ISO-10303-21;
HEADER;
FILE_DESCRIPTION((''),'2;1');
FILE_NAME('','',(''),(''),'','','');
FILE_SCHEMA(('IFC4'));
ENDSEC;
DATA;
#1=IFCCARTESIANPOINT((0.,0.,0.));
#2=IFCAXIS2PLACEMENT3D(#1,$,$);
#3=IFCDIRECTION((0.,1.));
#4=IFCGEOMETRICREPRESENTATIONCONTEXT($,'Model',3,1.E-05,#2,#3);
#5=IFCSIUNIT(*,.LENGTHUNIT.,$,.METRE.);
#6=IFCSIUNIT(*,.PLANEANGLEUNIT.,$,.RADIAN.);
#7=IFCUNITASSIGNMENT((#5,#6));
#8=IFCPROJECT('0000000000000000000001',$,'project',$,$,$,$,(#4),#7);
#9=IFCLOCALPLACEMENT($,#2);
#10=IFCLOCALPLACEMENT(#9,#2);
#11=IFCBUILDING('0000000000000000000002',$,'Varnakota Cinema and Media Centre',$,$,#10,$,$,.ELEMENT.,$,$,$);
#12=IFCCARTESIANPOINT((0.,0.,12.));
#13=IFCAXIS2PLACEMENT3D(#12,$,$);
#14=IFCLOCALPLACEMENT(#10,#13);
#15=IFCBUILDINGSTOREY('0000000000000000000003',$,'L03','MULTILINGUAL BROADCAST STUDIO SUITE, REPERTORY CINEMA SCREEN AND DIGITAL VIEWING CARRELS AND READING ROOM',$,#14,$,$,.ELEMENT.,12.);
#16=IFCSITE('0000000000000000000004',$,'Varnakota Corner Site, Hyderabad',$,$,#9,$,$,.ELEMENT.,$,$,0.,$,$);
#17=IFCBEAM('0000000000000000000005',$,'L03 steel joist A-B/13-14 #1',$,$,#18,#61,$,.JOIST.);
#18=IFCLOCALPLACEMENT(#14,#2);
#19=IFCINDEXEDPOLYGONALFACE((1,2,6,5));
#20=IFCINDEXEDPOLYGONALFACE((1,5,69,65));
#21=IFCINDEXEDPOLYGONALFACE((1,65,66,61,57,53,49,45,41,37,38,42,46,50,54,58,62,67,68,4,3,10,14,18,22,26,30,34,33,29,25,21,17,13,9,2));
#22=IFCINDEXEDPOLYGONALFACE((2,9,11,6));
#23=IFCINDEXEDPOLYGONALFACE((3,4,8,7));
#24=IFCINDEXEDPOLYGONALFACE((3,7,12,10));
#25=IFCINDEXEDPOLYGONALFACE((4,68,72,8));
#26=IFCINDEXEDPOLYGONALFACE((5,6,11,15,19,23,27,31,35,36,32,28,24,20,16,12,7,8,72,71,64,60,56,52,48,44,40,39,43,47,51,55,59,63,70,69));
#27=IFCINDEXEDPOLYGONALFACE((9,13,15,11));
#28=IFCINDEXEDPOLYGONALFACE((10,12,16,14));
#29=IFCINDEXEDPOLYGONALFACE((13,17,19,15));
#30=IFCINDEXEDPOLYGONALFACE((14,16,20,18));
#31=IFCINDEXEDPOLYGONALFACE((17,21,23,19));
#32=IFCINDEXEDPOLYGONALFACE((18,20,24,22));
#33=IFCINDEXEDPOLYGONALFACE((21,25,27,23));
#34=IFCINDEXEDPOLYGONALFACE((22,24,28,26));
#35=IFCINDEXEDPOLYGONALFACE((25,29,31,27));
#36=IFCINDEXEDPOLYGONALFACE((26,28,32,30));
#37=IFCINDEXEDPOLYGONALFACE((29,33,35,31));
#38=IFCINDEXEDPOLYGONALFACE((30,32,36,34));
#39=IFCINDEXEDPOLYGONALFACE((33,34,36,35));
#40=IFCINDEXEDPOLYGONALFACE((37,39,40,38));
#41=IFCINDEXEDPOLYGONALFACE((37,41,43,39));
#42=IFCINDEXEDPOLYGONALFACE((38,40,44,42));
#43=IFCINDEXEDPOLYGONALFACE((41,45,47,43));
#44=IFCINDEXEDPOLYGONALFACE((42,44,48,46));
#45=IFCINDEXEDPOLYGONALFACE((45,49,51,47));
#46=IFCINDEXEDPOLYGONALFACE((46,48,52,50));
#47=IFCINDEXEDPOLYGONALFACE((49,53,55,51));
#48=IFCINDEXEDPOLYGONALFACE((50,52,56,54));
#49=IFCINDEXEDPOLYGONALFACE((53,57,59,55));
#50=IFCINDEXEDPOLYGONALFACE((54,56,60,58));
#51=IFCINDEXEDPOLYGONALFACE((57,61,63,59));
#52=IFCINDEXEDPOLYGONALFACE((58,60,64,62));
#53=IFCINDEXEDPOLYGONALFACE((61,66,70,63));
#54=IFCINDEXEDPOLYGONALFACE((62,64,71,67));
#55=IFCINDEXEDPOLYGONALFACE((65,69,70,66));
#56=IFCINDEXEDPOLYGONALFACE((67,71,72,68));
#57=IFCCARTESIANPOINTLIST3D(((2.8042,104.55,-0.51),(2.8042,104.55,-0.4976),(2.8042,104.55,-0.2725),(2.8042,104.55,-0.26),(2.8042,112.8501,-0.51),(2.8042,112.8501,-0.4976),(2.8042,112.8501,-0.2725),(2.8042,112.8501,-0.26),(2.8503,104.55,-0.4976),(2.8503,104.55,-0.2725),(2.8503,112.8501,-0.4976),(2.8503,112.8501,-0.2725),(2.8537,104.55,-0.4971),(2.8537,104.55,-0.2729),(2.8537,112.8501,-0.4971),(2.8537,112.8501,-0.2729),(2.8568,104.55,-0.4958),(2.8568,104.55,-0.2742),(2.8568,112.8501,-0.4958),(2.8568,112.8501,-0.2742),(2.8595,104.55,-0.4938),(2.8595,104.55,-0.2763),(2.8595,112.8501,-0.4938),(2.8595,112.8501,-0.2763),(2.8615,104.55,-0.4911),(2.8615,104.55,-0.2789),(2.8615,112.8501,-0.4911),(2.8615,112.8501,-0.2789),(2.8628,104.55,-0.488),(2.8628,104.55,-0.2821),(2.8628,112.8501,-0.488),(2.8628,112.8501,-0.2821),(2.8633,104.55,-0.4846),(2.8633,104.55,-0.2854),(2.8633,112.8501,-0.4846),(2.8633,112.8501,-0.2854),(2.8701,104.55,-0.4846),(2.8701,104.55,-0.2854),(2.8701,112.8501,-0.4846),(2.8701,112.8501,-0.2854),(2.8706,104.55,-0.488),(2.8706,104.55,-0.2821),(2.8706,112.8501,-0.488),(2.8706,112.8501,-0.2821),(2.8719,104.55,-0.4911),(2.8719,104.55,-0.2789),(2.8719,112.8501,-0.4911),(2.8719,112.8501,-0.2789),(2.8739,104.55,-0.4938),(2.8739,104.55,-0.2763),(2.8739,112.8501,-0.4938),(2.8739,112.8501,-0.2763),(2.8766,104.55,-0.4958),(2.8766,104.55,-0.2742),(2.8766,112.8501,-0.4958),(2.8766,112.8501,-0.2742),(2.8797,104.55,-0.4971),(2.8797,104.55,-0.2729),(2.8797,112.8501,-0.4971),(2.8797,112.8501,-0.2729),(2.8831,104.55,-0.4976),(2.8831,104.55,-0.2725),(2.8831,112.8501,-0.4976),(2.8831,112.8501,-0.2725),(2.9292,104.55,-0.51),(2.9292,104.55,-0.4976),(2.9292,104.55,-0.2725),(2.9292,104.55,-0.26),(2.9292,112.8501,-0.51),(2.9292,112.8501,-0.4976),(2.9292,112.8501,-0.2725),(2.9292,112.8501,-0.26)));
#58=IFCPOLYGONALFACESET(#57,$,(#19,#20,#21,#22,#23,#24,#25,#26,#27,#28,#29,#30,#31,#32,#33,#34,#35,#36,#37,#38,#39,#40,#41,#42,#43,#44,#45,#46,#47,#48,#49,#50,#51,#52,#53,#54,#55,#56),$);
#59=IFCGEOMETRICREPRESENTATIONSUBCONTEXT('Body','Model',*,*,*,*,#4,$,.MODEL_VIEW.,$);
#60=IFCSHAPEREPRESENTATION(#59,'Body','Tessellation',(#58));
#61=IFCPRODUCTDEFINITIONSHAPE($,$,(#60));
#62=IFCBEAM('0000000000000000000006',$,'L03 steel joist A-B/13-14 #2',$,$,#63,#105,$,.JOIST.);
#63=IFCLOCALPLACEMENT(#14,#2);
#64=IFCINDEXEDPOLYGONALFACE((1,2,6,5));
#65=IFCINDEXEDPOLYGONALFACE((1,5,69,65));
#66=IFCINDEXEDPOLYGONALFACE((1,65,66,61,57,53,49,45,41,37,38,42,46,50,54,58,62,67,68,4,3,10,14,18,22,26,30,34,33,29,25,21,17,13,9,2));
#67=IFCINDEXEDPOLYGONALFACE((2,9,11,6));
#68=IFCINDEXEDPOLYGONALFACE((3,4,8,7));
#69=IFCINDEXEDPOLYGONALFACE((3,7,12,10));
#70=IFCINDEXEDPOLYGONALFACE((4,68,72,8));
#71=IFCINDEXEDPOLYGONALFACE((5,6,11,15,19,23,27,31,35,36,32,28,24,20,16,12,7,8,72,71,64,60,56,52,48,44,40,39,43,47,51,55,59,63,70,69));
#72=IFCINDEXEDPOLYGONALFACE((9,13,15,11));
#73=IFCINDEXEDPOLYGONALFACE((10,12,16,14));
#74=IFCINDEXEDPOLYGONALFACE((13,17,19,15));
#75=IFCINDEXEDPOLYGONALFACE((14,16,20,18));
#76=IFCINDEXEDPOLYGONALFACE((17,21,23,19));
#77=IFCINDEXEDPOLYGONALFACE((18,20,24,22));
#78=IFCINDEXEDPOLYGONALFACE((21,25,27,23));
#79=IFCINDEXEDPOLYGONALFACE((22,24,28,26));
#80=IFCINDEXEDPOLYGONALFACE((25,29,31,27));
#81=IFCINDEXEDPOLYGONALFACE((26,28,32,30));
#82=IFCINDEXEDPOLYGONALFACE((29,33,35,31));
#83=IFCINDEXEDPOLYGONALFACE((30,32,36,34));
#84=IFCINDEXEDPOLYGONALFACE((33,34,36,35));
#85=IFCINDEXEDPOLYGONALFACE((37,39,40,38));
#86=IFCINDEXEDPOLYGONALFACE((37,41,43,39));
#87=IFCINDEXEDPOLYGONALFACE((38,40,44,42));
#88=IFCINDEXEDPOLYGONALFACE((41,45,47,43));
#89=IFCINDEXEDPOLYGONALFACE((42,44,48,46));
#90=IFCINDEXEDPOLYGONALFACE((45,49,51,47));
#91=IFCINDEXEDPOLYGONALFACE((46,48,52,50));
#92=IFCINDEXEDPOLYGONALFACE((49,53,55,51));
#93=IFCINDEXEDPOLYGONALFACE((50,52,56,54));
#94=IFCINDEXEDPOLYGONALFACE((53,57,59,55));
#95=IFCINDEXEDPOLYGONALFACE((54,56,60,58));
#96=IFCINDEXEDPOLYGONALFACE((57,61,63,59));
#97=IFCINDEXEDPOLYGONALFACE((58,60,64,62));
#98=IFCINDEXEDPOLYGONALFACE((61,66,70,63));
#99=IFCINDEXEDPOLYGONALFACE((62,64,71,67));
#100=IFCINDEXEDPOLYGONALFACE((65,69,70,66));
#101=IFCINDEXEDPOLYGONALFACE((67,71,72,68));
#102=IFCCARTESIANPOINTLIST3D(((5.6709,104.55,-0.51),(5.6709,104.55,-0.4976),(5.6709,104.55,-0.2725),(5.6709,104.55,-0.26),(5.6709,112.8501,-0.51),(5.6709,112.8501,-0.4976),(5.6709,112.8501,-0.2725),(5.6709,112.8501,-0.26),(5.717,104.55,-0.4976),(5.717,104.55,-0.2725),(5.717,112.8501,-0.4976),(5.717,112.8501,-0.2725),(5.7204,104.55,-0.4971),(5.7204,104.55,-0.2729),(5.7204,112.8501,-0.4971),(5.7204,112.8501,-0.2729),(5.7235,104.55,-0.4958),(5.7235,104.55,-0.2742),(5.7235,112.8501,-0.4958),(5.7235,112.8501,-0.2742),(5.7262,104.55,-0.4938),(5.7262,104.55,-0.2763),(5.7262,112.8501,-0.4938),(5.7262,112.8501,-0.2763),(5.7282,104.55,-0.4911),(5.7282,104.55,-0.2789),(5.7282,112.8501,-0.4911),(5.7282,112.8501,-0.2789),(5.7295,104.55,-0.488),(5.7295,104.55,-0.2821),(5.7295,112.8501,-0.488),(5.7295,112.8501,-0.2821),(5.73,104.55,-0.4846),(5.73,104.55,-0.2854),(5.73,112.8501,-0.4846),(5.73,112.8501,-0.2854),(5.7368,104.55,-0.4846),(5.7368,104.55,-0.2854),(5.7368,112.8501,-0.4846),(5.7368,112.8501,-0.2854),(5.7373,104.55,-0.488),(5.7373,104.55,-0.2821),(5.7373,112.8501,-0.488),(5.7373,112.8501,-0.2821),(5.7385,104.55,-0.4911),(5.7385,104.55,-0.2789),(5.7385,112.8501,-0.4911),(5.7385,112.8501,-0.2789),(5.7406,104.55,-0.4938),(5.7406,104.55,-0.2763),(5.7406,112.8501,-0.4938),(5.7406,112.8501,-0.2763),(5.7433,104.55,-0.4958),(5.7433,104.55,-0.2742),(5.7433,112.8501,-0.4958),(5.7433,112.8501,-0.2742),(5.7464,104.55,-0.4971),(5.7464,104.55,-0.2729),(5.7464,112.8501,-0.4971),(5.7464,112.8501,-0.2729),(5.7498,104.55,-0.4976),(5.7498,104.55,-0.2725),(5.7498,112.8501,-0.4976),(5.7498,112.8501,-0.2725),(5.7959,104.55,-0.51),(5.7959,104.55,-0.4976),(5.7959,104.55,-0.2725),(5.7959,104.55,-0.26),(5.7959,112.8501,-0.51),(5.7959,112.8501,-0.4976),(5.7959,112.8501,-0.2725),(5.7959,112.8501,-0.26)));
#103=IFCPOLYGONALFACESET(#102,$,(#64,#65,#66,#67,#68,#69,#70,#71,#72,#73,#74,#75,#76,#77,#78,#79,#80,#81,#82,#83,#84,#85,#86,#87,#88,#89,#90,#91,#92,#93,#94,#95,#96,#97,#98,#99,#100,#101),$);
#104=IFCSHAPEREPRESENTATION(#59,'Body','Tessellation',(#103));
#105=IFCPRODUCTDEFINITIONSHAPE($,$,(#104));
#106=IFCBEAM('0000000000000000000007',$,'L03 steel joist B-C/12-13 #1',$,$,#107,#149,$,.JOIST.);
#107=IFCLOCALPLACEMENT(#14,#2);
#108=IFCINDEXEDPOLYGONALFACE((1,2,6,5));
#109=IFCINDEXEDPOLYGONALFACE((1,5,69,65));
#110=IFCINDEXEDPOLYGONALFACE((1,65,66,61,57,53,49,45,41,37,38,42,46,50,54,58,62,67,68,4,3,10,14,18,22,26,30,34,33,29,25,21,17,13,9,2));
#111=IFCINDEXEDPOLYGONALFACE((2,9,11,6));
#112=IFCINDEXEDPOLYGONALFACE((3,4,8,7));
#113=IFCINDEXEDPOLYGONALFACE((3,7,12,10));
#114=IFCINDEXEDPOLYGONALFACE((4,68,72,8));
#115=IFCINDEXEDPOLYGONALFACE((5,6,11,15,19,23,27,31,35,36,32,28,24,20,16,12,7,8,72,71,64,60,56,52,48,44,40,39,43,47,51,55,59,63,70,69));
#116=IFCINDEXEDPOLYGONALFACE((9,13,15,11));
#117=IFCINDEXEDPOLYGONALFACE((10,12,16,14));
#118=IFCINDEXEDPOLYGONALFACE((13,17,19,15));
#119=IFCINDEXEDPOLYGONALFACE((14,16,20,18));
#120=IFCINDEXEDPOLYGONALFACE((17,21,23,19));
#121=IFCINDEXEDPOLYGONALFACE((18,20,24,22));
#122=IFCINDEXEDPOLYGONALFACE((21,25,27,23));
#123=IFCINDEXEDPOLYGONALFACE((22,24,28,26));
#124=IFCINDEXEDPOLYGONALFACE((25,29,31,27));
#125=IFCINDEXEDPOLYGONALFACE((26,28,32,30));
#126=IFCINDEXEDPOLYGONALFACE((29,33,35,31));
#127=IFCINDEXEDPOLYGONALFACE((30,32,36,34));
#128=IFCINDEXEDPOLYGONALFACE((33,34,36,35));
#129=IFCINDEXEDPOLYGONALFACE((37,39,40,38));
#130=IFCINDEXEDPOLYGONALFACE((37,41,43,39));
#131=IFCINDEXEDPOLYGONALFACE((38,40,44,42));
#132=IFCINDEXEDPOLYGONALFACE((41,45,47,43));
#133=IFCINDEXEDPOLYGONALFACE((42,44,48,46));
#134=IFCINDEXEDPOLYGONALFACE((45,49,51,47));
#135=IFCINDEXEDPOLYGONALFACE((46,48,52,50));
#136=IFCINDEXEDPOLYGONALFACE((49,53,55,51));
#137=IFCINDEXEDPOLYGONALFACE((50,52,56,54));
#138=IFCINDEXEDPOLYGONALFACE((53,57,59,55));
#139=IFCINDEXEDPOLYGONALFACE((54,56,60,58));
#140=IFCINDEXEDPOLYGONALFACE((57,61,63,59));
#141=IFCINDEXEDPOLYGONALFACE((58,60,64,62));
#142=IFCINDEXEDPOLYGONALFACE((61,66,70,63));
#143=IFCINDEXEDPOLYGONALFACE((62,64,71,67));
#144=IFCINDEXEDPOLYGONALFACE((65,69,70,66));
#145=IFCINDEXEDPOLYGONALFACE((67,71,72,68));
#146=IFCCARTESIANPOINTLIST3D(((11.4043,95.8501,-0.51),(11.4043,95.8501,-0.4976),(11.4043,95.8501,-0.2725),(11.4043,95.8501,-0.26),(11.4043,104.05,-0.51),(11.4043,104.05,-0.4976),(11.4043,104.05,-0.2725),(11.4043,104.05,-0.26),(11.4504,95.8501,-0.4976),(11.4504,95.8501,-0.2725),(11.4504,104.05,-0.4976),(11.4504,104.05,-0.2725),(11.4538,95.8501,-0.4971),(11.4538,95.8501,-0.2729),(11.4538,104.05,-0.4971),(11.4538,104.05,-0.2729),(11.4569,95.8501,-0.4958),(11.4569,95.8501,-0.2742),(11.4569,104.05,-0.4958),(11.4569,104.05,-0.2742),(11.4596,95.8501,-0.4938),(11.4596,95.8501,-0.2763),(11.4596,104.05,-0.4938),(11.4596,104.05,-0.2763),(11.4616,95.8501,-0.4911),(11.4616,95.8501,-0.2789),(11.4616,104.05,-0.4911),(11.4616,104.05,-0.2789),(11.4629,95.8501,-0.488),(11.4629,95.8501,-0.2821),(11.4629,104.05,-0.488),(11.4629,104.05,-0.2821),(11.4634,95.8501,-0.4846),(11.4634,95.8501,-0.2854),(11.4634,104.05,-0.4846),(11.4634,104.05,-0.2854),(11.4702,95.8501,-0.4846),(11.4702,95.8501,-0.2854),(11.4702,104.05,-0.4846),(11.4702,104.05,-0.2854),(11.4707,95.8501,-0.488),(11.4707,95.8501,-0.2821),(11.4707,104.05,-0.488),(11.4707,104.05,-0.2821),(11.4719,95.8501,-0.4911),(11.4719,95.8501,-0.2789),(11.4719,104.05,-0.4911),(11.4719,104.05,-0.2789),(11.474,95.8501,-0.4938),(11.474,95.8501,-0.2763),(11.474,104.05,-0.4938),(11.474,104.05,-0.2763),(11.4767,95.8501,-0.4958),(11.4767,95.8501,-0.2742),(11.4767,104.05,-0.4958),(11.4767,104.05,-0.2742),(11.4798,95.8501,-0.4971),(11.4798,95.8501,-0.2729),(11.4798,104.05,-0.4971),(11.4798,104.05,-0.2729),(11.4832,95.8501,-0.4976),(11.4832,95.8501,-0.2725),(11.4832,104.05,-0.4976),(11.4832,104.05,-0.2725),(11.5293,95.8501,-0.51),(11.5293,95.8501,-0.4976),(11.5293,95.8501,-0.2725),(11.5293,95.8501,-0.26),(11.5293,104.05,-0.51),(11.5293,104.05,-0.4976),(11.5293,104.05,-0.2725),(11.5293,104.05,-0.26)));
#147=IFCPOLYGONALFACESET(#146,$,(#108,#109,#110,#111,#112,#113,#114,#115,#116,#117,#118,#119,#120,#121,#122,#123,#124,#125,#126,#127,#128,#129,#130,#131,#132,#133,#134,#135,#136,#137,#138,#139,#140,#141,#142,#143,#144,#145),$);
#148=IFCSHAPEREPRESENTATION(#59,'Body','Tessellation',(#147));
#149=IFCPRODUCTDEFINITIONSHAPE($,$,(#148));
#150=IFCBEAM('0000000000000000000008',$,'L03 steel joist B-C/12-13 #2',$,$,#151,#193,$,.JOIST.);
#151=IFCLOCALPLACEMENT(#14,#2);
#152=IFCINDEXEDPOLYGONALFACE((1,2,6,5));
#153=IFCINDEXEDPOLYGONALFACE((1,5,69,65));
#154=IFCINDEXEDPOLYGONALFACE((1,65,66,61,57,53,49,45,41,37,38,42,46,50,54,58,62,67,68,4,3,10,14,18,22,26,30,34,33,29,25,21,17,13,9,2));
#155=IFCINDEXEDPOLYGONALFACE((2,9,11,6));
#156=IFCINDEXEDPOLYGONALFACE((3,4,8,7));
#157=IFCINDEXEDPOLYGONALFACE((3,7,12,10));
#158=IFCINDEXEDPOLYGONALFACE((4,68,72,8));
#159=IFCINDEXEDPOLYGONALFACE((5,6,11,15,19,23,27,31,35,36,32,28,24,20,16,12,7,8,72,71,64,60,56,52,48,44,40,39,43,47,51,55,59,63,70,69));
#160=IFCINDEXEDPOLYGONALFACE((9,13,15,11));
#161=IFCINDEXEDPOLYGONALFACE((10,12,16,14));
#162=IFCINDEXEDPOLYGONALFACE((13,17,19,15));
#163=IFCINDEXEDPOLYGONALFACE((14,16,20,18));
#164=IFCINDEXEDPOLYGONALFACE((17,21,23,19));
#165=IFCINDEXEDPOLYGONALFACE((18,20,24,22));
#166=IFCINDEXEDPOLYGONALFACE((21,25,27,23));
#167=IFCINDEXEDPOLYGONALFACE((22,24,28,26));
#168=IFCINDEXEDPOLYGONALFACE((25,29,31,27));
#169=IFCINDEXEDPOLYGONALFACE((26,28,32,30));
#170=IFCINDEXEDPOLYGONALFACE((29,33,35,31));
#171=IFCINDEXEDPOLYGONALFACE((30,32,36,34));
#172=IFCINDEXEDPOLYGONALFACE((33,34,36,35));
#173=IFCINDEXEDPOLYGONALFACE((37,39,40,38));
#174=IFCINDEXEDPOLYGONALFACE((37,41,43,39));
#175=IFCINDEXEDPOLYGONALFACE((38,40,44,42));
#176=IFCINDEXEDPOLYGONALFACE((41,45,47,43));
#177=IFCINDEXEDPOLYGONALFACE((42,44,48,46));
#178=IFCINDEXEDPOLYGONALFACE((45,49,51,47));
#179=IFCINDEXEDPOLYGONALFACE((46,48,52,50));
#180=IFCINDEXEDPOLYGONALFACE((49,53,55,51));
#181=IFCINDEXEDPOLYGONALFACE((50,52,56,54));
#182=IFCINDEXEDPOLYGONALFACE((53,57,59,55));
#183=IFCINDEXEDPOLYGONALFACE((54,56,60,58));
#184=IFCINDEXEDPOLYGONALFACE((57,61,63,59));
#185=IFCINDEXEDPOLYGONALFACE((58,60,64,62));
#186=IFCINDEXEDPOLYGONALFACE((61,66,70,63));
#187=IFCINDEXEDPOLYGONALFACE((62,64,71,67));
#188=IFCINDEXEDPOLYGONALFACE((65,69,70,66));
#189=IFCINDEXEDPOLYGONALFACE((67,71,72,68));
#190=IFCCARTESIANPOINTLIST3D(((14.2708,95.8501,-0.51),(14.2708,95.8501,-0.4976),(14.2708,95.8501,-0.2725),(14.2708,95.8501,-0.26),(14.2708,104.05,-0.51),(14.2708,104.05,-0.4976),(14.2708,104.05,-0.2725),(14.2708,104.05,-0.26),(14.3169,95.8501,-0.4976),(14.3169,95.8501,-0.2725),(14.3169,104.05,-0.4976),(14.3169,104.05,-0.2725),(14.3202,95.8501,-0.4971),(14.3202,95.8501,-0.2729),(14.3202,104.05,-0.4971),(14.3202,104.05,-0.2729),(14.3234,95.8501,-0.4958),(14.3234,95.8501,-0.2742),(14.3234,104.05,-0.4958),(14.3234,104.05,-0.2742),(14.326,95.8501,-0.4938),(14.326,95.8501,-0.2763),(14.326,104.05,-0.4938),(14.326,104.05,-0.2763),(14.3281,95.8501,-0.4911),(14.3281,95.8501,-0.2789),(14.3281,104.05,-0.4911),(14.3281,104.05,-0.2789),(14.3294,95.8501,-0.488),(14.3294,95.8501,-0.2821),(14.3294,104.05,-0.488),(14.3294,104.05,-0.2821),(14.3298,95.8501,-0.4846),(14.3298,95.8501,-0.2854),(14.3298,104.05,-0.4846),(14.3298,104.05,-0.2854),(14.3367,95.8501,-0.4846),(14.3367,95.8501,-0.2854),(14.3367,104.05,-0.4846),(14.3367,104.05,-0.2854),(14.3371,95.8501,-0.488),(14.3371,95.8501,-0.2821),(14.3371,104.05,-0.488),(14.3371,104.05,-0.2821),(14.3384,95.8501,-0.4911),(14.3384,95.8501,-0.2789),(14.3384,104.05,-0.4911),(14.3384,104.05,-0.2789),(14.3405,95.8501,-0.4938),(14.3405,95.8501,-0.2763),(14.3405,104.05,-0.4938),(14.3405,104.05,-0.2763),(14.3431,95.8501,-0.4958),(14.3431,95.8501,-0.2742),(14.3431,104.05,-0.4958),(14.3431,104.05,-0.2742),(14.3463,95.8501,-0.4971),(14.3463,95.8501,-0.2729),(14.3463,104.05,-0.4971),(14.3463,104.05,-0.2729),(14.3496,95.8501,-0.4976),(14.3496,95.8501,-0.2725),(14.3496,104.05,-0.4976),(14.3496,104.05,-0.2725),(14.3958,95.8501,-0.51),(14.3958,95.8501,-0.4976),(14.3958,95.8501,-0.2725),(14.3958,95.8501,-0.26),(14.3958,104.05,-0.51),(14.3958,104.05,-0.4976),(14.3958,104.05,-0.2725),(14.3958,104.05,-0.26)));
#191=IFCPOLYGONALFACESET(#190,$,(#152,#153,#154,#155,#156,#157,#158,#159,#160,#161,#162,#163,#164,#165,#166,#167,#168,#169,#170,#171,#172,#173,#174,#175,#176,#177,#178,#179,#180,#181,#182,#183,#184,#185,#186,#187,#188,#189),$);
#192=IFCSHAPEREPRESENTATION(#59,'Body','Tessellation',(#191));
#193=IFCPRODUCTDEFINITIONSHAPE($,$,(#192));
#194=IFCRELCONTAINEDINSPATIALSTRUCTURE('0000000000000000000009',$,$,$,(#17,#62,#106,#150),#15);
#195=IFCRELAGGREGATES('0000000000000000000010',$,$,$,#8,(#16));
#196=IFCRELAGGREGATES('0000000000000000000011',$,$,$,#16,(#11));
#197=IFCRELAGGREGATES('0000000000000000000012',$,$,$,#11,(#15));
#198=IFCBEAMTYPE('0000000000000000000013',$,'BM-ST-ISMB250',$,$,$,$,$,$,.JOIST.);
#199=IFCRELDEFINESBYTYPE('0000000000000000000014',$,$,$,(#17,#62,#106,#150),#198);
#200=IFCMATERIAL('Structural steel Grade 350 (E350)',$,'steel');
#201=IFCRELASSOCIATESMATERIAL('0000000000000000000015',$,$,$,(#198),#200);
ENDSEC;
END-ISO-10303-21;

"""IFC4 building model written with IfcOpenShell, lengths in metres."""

from ifc_helpers import new_model, si_unit, direction, frame, origin, origin_2d, place, context, subcontext, project, spatial, i_section, extrude, material, material_profile, profile_set, type_object, element, save


model = new_model("IFC4")

# Units and contexts
model_context = context("Model", 3, precision=1e-05, world=origin(), true_north=direction((0.0, 1.0)))
body_context = subcontext(model_context, "Body", "Model", "MODEL_VIEW")
ifc_project = project(units=[si_unit("LENGTHUNIT", "METRE"), si_unit("PLANEANGLEUNIT", "RADIAN")], contexts=[model_context])

# Site, building, storey
site_placement = place(None, origin())
site = spatial("IfcSite", under=ifc_project, at=site_placement, Name="Varnakota Corner Site, Hyderabad", CompositionType="ELEMENT", RefElevation=0.0)
building_placement = place(site_placement, origin())
building = spatial("IfcBuilding", under=site, at=building_placement, Name="Varnakota Cinema and Media Centre", CompositionType="ELEMENT")
storey_placement = place(building_placement, frame((0.0, 0.0, 12.0)))
storey = spatial("IfcBuildingStorey", under=building, at=storey_placement, Name="L03", Description="MULTILINGUAL BROADCAST STUDIO SUITE, REPERTORY CINEMA SCREEN AND DIGITAL VIEWING CARRELS AND READING ROOM", CompositionType="ELEMENT", Elevation=12.0)

# Beams
ifc_material_1 = material(Name="Structural steel Grade 350 (E350)", Category="steel")
ifc_material_profile_1 = material_profile(ifc_material_1, i_section(OverallWidth=0.125, OverallDepth=0.25, WebThickness=0.0068, FlangeThickness=0.0125, FilletRadius=0.0129, at=origin_2d()), Name="ISMB 250")
ifc_profile_set_1 = profile_set([ifc_material_profile_1], Name="Structural steel Grade 350 (E350)")
beam_type_1 = type_object("IfcBeamType", Name="BM-ST-ISMB250", PredefinedType="JOIST", material=ifc_profile_set_1)
for number, where, z_axis, x_axis, name in (
    (1, (2.8667, 104.55, -0.385), (0.0, 1.0, 0.0), (-1.0, 0.0, 0.0), "L03 steel joist A-B/13-14 #1"),
    (2, (5.7334, 104.55, -0.385), (0.0, 1.0, 0.0), (-1.0, 0.0, 0.0), "L03 steel joist A-B/13-14 #2"),
):
    element("IfcBeam", number, at=place(storey_placement, frame(where, z_axis=z_axis, x_axis=x_axis)), inside=storey, type_object=beam_type_1, Name=name, PredefinedType="JOIST", context=body_context, shape_type="SweptSolid", body=[
        extrude(i_section(OverallWidth=0.125, OverallDepth=0.25, WebThickness=0.0068, FlangeThickness=0.0125, FilletRadius=0.0129, at=origin_2d()), origin(), (0.0, 0.0, 1.0), 8.3),
    ])
for number, where, z_axis, x_axis, name in (
    (3, (11.4668, 95.8501, -0.385), (0.0, 1.0, 0.0), (-1.0, 0.0, 0.0), "L03 steel joist B-C/12-13 #1"),
    (4, (14.3333, 95.8501, -0.385), (0.0, 1.0, 0.0), (-1.0, 0.0, 0.0), "L03 steel joist B-C/12-13 #2"),
):
    element("IfcBeam", number, at=place(storey_placement, frame(where, z_axis=z_axis, x_axis=x_axis)), inside=storey, type_object=beam_type_1, Name=name, PredefinedType="JOIST", context=body_context, shape_type="SweptSolid", body=[
        extrude(i_section(OverallWidth=0.125, OverallDepth=0.25, WebThickness=0.0068, FlangeThickness=0.0125, FilletRadius=0.0129, at=origin_2d()), origin(), (0.0, 0.0, 1.0), 8.2),
    ])

save(model, "model.ifc")
